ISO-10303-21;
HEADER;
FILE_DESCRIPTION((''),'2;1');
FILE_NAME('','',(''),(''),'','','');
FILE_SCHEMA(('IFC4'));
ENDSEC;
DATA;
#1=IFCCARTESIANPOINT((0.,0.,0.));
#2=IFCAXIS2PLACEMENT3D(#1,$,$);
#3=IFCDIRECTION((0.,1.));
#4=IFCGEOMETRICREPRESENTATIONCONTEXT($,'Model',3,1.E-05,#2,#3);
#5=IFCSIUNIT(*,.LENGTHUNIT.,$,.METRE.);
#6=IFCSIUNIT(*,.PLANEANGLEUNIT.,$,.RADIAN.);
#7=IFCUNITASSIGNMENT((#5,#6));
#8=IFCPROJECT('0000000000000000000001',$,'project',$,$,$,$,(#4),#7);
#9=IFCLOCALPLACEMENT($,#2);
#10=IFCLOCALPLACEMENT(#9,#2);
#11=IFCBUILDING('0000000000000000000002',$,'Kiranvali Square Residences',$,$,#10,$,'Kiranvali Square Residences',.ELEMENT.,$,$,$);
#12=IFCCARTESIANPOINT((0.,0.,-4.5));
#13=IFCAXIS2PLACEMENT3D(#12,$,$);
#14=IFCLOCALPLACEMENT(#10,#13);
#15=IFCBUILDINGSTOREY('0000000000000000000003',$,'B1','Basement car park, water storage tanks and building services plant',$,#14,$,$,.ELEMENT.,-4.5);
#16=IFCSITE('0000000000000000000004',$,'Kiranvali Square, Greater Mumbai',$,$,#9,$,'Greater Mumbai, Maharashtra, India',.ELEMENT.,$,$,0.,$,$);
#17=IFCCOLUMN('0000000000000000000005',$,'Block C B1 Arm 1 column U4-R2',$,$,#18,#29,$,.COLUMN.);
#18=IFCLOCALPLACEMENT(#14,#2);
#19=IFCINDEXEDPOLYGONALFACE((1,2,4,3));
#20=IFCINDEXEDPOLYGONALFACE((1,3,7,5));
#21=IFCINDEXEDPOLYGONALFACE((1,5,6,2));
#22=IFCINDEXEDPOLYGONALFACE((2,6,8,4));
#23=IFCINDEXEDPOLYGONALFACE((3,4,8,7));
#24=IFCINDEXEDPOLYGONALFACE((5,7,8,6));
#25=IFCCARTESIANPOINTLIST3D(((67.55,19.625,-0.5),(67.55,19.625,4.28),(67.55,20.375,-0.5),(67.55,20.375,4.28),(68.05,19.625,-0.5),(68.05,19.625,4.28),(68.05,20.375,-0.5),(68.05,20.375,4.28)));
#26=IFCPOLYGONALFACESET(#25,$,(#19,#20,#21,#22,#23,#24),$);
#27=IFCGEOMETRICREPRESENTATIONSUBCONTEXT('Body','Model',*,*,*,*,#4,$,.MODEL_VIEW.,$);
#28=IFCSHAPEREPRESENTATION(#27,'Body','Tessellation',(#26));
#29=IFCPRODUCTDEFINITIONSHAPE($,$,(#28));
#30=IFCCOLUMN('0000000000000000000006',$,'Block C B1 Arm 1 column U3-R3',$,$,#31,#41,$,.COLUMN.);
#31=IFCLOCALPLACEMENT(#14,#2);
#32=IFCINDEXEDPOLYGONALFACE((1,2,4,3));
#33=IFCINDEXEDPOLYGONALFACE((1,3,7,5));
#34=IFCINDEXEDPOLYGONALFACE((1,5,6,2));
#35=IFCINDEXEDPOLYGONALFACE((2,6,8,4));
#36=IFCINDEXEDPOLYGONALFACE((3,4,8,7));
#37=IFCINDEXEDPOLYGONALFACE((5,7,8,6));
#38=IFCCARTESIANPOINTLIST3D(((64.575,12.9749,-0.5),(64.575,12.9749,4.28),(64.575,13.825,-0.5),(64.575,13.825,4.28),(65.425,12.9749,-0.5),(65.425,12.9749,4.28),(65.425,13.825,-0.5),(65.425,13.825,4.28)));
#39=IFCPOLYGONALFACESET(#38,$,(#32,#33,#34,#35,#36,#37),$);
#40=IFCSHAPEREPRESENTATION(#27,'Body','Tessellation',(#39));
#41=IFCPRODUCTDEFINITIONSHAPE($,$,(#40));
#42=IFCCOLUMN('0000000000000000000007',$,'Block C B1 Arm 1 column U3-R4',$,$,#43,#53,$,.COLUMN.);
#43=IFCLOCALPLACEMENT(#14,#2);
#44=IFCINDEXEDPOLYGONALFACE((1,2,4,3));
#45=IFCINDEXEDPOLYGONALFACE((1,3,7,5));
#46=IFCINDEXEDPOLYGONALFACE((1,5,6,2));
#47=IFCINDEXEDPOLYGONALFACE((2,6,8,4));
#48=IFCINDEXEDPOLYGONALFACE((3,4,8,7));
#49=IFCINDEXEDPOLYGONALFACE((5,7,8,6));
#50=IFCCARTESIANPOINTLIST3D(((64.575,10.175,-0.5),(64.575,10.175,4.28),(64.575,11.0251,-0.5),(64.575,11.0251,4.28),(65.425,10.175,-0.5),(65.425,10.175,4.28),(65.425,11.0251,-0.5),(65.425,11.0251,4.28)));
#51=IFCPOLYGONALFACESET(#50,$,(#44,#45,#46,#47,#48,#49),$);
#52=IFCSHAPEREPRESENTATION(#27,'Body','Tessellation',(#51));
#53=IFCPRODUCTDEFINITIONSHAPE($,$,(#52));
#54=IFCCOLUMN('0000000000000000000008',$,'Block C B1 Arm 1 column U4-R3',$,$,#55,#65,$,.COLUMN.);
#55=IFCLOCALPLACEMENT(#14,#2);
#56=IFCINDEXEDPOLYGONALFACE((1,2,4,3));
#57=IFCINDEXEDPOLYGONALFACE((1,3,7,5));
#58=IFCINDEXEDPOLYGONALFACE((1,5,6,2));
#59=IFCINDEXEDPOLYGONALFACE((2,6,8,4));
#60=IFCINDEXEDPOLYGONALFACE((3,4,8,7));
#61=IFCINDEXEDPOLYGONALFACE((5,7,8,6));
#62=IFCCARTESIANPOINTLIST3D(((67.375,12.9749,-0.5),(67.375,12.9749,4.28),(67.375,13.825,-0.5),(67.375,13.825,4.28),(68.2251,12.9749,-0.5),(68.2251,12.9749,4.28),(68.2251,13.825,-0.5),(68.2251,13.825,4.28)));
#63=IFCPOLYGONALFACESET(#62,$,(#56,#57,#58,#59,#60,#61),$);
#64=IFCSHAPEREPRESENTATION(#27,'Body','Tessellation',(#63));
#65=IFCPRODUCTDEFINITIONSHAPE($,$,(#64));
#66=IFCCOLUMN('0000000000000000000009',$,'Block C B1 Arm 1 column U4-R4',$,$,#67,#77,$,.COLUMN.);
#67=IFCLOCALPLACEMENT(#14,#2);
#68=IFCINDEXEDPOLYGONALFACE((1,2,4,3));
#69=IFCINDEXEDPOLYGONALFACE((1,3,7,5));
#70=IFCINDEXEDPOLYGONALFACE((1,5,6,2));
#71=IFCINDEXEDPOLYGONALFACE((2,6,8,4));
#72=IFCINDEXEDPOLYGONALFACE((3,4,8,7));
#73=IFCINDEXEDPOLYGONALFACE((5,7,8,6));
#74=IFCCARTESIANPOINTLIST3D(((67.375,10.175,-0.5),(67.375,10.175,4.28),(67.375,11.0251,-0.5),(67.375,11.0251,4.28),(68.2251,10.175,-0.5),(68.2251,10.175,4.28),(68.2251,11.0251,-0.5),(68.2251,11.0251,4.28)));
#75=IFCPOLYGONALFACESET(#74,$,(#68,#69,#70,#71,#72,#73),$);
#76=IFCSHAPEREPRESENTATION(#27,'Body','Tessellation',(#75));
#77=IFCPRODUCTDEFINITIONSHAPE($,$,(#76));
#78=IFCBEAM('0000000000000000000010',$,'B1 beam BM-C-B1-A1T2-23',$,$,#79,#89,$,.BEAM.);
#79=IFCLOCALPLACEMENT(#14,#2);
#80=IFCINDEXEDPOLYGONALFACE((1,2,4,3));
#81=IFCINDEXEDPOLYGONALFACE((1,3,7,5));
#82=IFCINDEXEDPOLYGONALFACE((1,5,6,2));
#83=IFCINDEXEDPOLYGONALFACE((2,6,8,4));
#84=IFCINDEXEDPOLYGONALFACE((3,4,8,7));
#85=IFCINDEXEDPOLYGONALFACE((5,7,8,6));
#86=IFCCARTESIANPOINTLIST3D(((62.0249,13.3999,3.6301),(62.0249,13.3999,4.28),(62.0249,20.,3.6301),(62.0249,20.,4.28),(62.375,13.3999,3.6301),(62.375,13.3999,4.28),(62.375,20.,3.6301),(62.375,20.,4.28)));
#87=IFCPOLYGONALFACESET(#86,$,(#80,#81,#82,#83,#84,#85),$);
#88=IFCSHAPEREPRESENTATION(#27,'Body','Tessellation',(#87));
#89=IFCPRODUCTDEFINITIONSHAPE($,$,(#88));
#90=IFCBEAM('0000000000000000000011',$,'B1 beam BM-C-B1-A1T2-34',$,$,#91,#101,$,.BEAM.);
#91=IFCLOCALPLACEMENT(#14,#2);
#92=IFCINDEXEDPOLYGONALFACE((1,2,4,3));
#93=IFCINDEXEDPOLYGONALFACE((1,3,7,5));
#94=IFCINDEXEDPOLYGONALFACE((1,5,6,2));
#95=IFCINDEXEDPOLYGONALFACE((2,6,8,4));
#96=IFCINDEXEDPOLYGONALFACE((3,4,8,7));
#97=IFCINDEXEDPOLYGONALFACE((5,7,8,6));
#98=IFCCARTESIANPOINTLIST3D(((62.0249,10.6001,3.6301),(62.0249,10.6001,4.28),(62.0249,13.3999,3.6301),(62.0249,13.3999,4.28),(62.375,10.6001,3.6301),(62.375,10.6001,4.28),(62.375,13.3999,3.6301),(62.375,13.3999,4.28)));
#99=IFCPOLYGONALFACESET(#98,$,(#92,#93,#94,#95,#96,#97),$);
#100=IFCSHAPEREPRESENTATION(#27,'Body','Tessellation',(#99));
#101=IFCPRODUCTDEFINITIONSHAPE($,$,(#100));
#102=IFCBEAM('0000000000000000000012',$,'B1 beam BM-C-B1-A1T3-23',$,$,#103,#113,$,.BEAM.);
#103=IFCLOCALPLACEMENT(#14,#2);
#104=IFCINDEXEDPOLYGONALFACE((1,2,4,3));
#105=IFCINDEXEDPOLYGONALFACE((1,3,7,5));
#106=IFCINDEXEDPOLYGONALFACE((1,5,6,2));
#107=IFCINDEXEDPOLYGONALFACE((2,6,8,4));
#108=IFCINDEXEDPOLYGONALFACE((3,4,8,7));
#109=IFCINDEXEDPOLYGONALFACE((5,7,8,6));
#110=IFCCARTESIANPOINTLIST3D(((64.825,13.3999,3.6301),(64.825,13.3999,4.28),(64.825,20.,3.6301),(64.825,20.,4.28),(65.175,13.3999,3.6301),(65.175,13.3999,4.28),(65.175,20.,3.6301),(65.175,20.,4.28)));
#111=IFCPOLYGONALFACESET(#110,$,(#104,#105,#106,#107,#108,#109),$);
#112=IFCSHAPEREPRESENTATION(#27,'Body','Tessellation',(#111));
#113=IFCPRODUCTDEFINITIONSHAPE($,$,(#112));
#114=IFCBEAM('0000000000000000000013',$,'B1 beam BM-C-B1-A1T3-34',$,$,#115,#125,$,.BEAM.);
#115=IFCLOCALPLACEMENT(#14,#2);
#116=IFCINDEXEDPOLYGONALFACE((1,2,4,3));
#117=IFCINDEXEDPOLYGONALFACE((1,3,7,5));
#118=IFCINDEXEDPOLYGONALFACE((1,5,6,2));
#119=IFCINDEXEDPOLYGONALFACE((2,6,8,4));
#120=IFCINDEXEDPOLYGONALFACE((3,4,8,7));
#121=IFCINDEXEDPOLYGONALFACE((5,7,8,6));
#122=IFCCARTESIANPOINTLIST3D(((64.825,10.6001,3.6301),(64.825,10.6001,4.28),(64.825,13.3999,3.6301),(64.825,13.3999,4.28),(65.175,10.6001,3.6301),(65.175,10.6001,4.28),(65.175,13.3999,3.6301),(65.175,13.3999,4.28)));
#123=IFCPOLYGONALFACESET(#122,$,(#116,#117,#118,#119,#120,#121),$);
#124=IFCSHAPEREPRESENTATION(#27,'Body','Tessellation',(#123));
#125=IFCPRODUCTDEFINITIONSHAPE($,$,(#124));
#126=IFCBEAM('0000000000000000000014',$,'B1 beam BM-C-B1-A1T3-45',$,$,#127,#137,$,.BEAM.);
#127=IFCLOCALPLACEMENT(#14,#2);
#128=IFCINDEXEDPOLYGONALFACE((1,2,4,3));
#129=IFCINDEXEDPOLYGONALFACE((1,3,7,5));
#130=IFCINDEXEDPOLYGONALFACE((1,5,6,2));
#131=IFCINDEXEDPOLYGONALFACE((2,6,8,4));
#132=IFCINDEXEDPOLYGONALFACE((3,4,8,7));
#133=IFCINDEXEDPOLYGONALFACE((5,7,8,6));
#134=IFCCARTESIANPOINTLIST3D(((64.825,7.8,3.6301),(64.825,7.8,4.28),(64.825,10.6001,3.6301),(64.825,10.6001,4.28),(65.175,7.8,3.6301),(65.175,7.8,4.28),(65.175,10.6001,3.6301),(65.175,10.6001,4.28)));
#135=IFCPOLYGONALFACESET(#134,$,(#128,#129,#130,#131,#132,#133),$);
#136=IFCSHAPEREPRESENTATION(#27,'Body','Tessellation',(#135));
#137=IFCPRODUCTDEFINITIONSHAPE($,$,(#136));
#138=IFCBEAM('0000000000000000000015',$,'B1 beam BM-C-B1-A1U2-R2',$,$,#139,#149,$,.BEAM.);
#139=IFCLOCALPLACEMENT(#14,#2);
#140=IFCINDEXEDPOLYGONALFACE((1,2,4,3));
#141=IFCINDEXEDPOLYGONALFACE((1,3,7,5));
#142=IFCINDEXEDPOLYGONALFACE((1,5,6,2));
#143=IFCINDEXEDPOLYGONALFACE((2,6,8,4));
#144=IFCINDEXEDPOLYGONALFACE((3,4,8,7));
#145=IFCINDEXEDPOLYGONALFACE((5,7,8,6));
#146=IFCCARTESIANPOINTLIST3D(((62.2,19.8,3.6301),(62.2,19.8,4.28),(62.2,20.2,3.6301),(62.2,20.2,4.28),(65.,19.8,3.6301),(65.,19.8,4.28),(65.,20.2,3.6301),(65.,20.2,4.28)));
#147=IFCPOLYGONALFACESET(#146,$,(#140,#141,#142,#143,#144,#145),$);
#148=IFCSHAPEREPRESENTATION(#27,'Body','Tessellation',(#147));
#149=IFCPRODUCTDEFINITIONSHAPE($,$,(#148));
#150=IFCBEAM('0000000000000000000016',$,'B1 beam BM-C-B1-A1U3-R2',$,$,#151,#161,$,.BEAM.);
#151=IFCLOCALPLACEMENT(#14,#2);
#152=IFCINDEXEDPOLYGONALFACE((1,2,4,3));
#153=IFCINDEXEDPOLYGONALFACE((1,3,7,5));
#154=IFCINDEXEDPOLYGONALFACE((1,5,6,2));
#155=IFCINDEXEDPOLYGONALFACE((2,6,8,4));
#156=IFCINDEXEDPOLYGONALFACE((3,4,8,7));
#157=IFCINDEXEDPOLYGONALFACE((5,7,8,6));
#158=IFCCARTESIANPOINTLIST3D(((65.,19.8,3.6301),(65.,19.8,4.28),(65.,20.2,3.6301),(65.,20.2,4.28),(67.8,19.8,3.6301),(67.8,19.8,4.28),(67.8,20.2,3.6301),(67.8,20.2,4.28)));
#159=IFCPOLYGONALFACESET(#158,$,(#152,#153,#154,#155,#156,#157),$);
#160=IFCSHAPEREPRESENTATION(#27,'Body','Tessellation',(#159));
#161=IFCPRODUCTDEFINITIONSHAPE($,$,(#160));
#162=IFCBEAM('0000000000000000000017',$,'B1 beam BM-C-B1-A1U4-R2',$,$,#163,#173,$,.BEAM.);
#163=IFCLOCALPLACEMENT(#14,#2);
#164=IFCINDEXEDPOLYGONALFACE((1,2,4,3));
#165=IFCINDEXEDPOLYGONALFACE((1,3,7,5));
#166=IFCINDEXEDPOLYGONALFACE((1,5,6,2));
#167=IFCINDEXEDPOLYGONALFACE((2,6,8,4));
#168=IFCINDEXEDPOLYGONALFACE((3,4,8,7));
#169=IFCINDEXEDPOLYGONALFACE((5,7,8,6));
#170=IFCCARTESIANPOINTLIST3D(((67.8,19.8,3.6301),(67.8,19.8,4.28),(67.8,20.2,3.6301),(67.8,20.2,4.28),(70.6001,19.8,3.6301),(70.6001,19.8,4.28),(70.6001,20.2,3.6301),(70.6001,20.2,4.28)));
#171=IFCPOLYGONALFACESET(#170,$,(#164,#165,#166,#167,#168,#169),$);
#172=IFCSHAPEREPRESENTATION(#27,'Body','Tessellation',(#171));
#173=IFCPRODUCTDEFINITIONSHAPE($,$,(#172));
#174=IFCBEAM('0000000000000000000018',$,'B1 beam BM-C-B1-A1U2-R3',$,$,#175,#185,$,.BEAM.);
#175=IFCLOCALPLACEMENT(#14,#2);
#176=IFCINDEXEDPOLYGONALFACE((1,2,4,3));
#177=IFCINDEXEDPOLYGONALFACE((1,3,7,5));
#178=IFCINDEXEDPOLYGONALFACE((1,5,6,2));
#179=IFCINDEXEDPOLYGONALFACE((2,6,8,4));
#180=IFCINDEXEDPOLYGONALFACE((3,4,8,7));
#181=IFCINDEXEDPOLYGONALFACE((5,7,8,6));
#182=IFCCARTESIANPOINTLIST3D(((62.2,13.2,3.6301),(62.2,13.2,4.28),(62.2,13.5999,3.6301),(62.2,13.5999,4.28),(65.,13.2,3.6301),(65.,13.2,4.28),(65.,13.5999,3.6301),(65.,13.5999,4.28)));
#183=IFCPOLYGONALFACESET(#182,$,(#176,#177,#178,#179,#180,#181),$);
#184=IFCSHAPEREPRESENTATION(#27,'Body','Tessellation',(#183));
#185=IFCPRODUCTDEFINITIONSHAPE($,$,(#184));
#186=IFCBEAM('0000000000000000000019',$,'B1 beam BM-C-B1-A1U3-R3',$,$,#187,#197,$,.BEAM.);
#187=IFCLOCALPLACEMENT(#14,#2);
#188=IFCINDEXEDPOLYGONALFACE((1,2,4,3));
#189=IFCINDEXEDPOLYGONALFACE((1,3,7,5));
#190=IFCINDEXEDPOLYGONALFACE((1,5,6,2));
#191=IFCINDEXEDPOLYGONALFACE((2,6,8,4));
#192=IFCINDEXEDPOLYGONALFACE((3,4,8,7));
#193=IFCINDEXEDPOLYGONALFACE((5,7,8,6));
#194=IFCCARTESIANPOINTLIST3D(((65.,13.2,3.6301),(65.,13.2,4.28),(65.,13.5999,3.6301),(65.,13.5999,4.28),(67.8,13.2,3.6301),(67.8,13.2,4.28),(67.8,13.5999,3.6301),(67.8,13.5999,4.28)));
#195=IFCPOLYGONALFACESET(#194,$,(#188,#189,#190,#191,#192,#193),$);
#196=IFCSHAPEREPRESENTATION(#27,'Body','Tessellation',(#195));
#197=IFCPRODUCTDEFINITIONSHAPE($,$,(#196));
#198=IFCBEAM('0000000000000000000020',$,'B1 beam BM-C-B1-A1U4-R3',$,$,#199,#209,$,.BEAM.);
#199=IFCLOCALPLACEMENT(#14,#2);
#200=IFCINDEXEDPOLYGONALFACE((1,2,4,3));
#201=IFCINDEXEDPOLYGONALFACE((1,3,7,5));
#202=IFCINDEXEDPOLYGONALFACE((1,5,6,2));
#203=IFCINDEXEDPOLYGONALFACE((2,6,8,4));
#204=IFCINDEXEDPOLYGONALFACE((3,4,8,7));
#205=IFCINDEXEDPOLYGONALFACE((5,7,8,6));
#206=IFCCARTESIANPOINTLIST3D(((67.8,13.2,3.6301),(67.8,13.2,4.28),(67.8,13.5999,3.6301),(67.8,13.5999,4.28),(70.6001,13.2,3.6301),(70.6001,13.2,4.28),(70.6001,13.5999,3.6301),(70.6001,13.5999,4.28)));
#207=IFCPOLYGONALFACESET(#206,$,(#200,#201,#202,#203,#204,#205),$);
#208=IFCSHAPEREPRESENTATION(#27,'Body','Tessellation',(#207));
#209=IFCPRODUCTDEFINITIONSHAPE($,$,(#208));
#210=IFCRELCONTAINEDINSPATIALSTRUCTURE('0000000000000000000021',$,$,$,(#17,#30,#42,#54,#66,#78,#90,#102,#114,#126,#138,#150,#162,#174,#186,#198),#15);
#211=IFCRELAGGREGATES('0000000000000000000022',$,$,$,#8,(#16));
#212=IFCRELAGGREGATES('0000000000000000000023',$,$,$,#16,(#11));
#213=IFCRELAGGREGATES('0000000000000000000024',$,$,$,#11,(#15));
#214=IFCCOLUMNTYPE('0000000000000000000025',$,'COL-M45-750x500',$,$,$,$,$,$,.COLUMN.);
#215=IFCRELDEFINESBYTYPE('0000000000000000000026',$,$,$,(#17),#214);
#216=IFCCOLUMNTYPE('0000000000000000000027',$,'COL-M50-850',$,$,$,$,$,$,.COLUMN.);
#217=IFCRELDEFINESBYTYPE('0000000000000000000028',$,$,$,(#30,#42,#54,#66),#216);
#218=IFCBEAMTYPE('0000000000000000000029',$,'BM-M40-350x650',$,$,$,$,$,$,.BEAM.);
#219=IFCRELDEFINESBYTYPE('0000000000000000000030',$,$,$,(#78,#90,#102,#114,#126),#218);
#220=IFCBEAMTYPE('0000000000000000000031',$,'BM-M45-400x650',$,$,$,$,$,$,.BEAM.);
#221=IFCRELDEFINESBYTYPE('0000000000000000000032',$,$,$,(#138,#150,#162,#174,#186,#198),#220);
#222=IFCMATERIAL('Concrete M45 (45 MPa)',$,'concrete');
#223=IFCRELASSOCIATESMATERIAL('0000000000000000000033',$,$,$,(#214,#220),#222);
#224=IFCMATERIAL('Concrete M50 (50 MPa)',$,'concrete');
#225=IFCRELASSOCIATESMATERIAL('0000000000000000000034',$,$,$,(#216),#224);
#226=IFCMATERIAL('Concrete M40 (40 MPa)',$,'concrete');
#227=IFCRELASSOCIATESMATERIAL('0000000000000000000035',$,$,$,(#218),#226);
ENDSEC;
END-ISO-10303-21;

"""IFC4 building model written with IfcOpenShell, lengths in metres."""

from ifc_helpers import new_model, si_unit, direction, frame, origin, origin_2d, place, context, subcontext, project, spatial, rectangle, extrude, material, material_profile, profile_set, type_object, element, save


model = new_model("IFC4")

# Units and contexts
model_context = context("Model", 3, precision=1e-05, world=origin(), true_north=direction((0.0, 1.0)))
body_context = subcontext(model_context, "Body", "Model", "MODEL_VIEW")
ifc_project = project(units=[si_unit("LENGTHUNIT", "METRE"), si_unit("PLANEANGLEUNIT", "RADIAN")], contexts=[model_context])

# Site, building, storey
site_placement = place(None, origin())
site = spatial("IfcSite", under=ifc_project, at=site_placement, Name="Kiranvali Square, Greater Mumbai", LongName="Greater Mumbai, Maharashtra, India", CompositionType="ELEMENT", RefElevation=0.0)
building_placement = place(site_placement, origin())
building = spatial("IfcBuilding", under=site, at=building_placement, Name="Kiranvali Square Residences", LongName="Kiranvali Square Residences", CompositionType="ELEMENT")
storey_placement = place(building_placement, frame((0.0, 0.0, -4.5)))
storey = spatial("IfcBuildingStorey", under=building, at=storey_placement, Name="B1", Description="Basement car park, water storage tanks and building services plant", CompositionType="ELEMENT", Elevation=-4.5)

# Shared definitions
ifc_material_1 = material(Name="Concrete M40 (40 MPa)", Category="concrete")

# Columns
ifc_material_2 = material(Name="Concrete M45 (45 MPa)", Category="concrete")
ifc_material_profile_1 = material_profile(ifc_material_2, rectangle(XDim=0.5, YDim=0.75, at=origin_2d()), Name="RC 750x500")
ifc_profile_set_1 = profile_set([ifc_material_profile_1], Name="Concrete M45 (45 MPa)")
column_type_1 = type_object("IfcColumnType", Name="COL-M45-750x500", PredefinedType="COLUMN", material=ifc_profile_set_1)
for number, where, z_axis, x_axis, name in (
    (1, (67.8, 20.0, -0.5), (0.0, 0.0, 1.0), (1.0, 0.0, 0.0), "Block C B1 Arm 1 column U4-R2"),
):
    element("IfcColumn", number, at=place(storey_placement, frame(where, z_axis=z_axis, x_axis=x_axis)), inside=storey, type_object=column_type_1, Name=name, PredefinedType="COLUMN", context=body_context, shape_type="SweptSolid", body=[
        extrude(rectangle(XDim=0.5, YDim=0.75, at=origin_2d()), origin(), (0.0, 0.0, 1.0), 4.78),
    ])
ifc_material_3 = material(Name="Concrete M50 (50 MPa)", Category="concrete")
ifc_material_profile_2 = material_profile(ifc_material_3, rectangle(XDim=0.8501, YDim=0.8501, at=origin_2d()), Name="RC 850x850")
ifc_profile_set_2 = profile_set([ifc_material_profile_2], Name="Concrete M50 (50 MPa)")
column_type_2 = type_object("IfcColumnType", Name="COL-M50-850", PredefinedType="COLUMN", material=ifc_profile_set_2)
for number, where, z_axis, x_axis, name in (
    (2, (65.0, 13.3999, -0.5), (0.0, 0.0, 1.0), (1.0, 0.0, 0.0), "Block C B1 Arm 1 column U3-R3"),
    (3, (65.0, 10.6001, -0.5), (0.0, 0.0, 1.0), (1.0, 0.0, 0.0), "Block C B1 Arm 1 column U3-R4"),
    (4, (67.8, 13.3999, -0.5), (0.0, 0.0, 1.0), (1.0, 0.0, 0.0), "Block C B1 Arm 1 column U4-R3"),
    (5, (67.8, 10.6001, -0.5), (0.0, 0.0, 1.0), (1.0, 0.0, 0.0), "Block C B1 Arm 1 column U4-R4"),
):
    element("IfcColumn", number, at=place(storey_placement, frame(where, z_axis=z_axis, x_axis=x_axis)), inside=storey, type_object=column_type_2, Name=name, PredefinedType="COLUMN", context=body_context, shape_type="SweptSolid", body=[
        extrude(rectangle(XDim=0.8501, YDim=0.8501, at=origin_2d()), origin(), (0.0, 0.0, 1.0), 4.78),
    ])

# Beams
ifc_material_profile_3 = material_profile(ifc_material_1, rectangle(XDim=0.3501, YDim=0.6499, at=origin_2d()), Name="RC 350x650")
ifc_profile_set_3 = profile_set([ifc_material_profile_3], Name="Concrete M40 (40 MPa)")
beam_type_1 = type_object("IfcBeamType", Name="BM-M40-350x650", PredefinedType="BEAM", material=ifc_profile_set_3)
beam_1_placement = place(storey_placement, frame((62.2, 20.0, 3.9551), z_axis=(0.0, -1.0, 0.0), x_axis=(1.0, 0.0, 0.0)))
element("IfcBeam", 6, at=beam_1_placement, inside=storey, type_object=beam_type_1, Name="B1 beam BM-C-B1-A1T2-23", PredefinedType="BEAM", context=body_context, shape_type="SweptSolid", body=[
    extrude(rectangle(XDim=0.3501, YDim=0.6499, at=origin_2d()), origin(), (0.0, 0.0, 1.0), 6.6001),
])
beam_2_placement = place(storey_placement, frame((62.2, 13.3999, 3.9551), z_axis=(0.0, -1.0, 0.0), x_axis=(1.0, 0.0, 0.0)))
element("IfcBeam", 7, at=beam_2_placement, inside=storey, type_object=beam_type_1, Name="B1 beam BM-C-B1-A1T2-34", PredefinedType="BEAM", context=body_context, shape_type="SweptSolid", body=[
    extrude(rectangle(XDim=0.3501, YDim=0.6499, at=origin_2d()), origin(), (0.0, 0.0, 1.0), 2.7998),
])
beam_3_placement = place(storey_placement, frame((65.0, 20.0, 3.9551), z_axis=(0.0, -1.0, 0.0), x_axis=(1.0, 0.0, 0.0)))
element("IfcBeam", 8, at=beam_3_placement, inside=storey, type_object=beam_type_1, Name="B1 beam BM-C-B1-A1T3-23", PredefinedType="BEAM", context=body_context, shape_type="SweptSolid", body=[
    extrude(rectangle(XDim=0.3501, YDim=0.6499, at=origin_2d()), origin(), (0.0, 0.0, 1.0), 6.6001),
])
beam_4_placement = place(storey_placement, frame((65.0, 13.3999, 3.9551), z_axis=(0.0, -1.0, 0.0), x_axis=(1.0, 0.0, 0.0)))
element("IfcBeam", 9, at=beam_4_placement, inside=storey, type_object=beam_type_1, Name="B1 beam BM-C-B1-A1T3-34", PredefinedType="BEAM", context=body_context, shape_type="SweptSolid", body=[
    extrude(rectangle(XDim=0.3501, YDim=0.6499, at=origin_2d()), origin(), (0.0, 0.0, 1.0), 2.7998),
])
beam_5_placement = place(storey_placement, frame((65.0, 10.6001, 3.9551), z_axis=(0.0, -1.0, 0.0), x_axis=(1.0, 0.0, 0.0)))
element("IfcBeam", 10, at=beam_5_placement, inside=storey, type_object=beam_type_1, Name="B1 beam BM-C-B1-A1T3-45", PredefinedType="BEAM", context=body_context, shape_type="SweptSolid", body=[
    extrude(rectangle(XDim=0.3501, YDim=0.6499, at=origin_2d()), origin(), (0.0, 0.0, 1.0), 2.8),
])
ifc_material_profile_4 = material_profile(ifc_material_2, rectangle(XDim=0.3999, YDim=0.6499, at=origin_2d()), Name="RC 400x650")
ifc_profile_set_4 = profile_set([ifc_material_profile_4], Name="Concrete M45 (45 MPa)")
beam_type_2 = type_object("IfcBeamType", Name="BM-M45-400x650", PredefinedType="BEAM", material=ifc_profile_set_4)
for number, where, z_axis, x_axis, name in (
    (11, (62.2, 20.0, 3.9551), (1.0, 0.0, 0.0), (0.0, 1.0, 0.0), "B1 beam BM-C-B1-A1U2-R2"),
    (12, (65.0, 20.0, 3.9551), (1.0, 0.0, 0.0), (0.0, 1.0, 0.0), "B1 beam BM-C-B1-A1U3-R2"),
    (13, (67.8, 20.0, 3.9551), (1.0, 0.0, 0.0), (0.0, 1.0, 0.0), "B1 beam BM-C-B1-A1U4-R2"),
    (14, (62.2, 13.3999, 3.9551), (1.0, 0.0, 0.0), (0.0, 1.0, 0.0), "B1 beam BM-C-B1-A1U2-R3"),
    (15, (65.0, 13.3999, 3.9551), (1.0, 0.0, 0.0), (0.0, 1.0, 0.0), "B1 beam BM-C-B1-A1U3-R3"),
    (16, (67.8, 13.3999, 3.9551), (1.0, 0.0, 0.0), (0.0, 1.0, 0.0), "B1 beam BM-C-B1-A1U4-R3"),
):
    element("IfcBeam", number, at=place(storey_placement, frame(where, z_axis=z_axis, x_axis=x_axis)), inside=storey, type_object=beam_type_2, Name=name, PredefinedType="BEAM", context=body_context, shape_type="SweptSolid", body=[
        extrude(rectangle(XDim=0.3999, YDim=0.6499, at=origin_2d()), origin(), (0.0, 0.0, 1.0), 2.8),
    ])

save(model, "model.ifc")
